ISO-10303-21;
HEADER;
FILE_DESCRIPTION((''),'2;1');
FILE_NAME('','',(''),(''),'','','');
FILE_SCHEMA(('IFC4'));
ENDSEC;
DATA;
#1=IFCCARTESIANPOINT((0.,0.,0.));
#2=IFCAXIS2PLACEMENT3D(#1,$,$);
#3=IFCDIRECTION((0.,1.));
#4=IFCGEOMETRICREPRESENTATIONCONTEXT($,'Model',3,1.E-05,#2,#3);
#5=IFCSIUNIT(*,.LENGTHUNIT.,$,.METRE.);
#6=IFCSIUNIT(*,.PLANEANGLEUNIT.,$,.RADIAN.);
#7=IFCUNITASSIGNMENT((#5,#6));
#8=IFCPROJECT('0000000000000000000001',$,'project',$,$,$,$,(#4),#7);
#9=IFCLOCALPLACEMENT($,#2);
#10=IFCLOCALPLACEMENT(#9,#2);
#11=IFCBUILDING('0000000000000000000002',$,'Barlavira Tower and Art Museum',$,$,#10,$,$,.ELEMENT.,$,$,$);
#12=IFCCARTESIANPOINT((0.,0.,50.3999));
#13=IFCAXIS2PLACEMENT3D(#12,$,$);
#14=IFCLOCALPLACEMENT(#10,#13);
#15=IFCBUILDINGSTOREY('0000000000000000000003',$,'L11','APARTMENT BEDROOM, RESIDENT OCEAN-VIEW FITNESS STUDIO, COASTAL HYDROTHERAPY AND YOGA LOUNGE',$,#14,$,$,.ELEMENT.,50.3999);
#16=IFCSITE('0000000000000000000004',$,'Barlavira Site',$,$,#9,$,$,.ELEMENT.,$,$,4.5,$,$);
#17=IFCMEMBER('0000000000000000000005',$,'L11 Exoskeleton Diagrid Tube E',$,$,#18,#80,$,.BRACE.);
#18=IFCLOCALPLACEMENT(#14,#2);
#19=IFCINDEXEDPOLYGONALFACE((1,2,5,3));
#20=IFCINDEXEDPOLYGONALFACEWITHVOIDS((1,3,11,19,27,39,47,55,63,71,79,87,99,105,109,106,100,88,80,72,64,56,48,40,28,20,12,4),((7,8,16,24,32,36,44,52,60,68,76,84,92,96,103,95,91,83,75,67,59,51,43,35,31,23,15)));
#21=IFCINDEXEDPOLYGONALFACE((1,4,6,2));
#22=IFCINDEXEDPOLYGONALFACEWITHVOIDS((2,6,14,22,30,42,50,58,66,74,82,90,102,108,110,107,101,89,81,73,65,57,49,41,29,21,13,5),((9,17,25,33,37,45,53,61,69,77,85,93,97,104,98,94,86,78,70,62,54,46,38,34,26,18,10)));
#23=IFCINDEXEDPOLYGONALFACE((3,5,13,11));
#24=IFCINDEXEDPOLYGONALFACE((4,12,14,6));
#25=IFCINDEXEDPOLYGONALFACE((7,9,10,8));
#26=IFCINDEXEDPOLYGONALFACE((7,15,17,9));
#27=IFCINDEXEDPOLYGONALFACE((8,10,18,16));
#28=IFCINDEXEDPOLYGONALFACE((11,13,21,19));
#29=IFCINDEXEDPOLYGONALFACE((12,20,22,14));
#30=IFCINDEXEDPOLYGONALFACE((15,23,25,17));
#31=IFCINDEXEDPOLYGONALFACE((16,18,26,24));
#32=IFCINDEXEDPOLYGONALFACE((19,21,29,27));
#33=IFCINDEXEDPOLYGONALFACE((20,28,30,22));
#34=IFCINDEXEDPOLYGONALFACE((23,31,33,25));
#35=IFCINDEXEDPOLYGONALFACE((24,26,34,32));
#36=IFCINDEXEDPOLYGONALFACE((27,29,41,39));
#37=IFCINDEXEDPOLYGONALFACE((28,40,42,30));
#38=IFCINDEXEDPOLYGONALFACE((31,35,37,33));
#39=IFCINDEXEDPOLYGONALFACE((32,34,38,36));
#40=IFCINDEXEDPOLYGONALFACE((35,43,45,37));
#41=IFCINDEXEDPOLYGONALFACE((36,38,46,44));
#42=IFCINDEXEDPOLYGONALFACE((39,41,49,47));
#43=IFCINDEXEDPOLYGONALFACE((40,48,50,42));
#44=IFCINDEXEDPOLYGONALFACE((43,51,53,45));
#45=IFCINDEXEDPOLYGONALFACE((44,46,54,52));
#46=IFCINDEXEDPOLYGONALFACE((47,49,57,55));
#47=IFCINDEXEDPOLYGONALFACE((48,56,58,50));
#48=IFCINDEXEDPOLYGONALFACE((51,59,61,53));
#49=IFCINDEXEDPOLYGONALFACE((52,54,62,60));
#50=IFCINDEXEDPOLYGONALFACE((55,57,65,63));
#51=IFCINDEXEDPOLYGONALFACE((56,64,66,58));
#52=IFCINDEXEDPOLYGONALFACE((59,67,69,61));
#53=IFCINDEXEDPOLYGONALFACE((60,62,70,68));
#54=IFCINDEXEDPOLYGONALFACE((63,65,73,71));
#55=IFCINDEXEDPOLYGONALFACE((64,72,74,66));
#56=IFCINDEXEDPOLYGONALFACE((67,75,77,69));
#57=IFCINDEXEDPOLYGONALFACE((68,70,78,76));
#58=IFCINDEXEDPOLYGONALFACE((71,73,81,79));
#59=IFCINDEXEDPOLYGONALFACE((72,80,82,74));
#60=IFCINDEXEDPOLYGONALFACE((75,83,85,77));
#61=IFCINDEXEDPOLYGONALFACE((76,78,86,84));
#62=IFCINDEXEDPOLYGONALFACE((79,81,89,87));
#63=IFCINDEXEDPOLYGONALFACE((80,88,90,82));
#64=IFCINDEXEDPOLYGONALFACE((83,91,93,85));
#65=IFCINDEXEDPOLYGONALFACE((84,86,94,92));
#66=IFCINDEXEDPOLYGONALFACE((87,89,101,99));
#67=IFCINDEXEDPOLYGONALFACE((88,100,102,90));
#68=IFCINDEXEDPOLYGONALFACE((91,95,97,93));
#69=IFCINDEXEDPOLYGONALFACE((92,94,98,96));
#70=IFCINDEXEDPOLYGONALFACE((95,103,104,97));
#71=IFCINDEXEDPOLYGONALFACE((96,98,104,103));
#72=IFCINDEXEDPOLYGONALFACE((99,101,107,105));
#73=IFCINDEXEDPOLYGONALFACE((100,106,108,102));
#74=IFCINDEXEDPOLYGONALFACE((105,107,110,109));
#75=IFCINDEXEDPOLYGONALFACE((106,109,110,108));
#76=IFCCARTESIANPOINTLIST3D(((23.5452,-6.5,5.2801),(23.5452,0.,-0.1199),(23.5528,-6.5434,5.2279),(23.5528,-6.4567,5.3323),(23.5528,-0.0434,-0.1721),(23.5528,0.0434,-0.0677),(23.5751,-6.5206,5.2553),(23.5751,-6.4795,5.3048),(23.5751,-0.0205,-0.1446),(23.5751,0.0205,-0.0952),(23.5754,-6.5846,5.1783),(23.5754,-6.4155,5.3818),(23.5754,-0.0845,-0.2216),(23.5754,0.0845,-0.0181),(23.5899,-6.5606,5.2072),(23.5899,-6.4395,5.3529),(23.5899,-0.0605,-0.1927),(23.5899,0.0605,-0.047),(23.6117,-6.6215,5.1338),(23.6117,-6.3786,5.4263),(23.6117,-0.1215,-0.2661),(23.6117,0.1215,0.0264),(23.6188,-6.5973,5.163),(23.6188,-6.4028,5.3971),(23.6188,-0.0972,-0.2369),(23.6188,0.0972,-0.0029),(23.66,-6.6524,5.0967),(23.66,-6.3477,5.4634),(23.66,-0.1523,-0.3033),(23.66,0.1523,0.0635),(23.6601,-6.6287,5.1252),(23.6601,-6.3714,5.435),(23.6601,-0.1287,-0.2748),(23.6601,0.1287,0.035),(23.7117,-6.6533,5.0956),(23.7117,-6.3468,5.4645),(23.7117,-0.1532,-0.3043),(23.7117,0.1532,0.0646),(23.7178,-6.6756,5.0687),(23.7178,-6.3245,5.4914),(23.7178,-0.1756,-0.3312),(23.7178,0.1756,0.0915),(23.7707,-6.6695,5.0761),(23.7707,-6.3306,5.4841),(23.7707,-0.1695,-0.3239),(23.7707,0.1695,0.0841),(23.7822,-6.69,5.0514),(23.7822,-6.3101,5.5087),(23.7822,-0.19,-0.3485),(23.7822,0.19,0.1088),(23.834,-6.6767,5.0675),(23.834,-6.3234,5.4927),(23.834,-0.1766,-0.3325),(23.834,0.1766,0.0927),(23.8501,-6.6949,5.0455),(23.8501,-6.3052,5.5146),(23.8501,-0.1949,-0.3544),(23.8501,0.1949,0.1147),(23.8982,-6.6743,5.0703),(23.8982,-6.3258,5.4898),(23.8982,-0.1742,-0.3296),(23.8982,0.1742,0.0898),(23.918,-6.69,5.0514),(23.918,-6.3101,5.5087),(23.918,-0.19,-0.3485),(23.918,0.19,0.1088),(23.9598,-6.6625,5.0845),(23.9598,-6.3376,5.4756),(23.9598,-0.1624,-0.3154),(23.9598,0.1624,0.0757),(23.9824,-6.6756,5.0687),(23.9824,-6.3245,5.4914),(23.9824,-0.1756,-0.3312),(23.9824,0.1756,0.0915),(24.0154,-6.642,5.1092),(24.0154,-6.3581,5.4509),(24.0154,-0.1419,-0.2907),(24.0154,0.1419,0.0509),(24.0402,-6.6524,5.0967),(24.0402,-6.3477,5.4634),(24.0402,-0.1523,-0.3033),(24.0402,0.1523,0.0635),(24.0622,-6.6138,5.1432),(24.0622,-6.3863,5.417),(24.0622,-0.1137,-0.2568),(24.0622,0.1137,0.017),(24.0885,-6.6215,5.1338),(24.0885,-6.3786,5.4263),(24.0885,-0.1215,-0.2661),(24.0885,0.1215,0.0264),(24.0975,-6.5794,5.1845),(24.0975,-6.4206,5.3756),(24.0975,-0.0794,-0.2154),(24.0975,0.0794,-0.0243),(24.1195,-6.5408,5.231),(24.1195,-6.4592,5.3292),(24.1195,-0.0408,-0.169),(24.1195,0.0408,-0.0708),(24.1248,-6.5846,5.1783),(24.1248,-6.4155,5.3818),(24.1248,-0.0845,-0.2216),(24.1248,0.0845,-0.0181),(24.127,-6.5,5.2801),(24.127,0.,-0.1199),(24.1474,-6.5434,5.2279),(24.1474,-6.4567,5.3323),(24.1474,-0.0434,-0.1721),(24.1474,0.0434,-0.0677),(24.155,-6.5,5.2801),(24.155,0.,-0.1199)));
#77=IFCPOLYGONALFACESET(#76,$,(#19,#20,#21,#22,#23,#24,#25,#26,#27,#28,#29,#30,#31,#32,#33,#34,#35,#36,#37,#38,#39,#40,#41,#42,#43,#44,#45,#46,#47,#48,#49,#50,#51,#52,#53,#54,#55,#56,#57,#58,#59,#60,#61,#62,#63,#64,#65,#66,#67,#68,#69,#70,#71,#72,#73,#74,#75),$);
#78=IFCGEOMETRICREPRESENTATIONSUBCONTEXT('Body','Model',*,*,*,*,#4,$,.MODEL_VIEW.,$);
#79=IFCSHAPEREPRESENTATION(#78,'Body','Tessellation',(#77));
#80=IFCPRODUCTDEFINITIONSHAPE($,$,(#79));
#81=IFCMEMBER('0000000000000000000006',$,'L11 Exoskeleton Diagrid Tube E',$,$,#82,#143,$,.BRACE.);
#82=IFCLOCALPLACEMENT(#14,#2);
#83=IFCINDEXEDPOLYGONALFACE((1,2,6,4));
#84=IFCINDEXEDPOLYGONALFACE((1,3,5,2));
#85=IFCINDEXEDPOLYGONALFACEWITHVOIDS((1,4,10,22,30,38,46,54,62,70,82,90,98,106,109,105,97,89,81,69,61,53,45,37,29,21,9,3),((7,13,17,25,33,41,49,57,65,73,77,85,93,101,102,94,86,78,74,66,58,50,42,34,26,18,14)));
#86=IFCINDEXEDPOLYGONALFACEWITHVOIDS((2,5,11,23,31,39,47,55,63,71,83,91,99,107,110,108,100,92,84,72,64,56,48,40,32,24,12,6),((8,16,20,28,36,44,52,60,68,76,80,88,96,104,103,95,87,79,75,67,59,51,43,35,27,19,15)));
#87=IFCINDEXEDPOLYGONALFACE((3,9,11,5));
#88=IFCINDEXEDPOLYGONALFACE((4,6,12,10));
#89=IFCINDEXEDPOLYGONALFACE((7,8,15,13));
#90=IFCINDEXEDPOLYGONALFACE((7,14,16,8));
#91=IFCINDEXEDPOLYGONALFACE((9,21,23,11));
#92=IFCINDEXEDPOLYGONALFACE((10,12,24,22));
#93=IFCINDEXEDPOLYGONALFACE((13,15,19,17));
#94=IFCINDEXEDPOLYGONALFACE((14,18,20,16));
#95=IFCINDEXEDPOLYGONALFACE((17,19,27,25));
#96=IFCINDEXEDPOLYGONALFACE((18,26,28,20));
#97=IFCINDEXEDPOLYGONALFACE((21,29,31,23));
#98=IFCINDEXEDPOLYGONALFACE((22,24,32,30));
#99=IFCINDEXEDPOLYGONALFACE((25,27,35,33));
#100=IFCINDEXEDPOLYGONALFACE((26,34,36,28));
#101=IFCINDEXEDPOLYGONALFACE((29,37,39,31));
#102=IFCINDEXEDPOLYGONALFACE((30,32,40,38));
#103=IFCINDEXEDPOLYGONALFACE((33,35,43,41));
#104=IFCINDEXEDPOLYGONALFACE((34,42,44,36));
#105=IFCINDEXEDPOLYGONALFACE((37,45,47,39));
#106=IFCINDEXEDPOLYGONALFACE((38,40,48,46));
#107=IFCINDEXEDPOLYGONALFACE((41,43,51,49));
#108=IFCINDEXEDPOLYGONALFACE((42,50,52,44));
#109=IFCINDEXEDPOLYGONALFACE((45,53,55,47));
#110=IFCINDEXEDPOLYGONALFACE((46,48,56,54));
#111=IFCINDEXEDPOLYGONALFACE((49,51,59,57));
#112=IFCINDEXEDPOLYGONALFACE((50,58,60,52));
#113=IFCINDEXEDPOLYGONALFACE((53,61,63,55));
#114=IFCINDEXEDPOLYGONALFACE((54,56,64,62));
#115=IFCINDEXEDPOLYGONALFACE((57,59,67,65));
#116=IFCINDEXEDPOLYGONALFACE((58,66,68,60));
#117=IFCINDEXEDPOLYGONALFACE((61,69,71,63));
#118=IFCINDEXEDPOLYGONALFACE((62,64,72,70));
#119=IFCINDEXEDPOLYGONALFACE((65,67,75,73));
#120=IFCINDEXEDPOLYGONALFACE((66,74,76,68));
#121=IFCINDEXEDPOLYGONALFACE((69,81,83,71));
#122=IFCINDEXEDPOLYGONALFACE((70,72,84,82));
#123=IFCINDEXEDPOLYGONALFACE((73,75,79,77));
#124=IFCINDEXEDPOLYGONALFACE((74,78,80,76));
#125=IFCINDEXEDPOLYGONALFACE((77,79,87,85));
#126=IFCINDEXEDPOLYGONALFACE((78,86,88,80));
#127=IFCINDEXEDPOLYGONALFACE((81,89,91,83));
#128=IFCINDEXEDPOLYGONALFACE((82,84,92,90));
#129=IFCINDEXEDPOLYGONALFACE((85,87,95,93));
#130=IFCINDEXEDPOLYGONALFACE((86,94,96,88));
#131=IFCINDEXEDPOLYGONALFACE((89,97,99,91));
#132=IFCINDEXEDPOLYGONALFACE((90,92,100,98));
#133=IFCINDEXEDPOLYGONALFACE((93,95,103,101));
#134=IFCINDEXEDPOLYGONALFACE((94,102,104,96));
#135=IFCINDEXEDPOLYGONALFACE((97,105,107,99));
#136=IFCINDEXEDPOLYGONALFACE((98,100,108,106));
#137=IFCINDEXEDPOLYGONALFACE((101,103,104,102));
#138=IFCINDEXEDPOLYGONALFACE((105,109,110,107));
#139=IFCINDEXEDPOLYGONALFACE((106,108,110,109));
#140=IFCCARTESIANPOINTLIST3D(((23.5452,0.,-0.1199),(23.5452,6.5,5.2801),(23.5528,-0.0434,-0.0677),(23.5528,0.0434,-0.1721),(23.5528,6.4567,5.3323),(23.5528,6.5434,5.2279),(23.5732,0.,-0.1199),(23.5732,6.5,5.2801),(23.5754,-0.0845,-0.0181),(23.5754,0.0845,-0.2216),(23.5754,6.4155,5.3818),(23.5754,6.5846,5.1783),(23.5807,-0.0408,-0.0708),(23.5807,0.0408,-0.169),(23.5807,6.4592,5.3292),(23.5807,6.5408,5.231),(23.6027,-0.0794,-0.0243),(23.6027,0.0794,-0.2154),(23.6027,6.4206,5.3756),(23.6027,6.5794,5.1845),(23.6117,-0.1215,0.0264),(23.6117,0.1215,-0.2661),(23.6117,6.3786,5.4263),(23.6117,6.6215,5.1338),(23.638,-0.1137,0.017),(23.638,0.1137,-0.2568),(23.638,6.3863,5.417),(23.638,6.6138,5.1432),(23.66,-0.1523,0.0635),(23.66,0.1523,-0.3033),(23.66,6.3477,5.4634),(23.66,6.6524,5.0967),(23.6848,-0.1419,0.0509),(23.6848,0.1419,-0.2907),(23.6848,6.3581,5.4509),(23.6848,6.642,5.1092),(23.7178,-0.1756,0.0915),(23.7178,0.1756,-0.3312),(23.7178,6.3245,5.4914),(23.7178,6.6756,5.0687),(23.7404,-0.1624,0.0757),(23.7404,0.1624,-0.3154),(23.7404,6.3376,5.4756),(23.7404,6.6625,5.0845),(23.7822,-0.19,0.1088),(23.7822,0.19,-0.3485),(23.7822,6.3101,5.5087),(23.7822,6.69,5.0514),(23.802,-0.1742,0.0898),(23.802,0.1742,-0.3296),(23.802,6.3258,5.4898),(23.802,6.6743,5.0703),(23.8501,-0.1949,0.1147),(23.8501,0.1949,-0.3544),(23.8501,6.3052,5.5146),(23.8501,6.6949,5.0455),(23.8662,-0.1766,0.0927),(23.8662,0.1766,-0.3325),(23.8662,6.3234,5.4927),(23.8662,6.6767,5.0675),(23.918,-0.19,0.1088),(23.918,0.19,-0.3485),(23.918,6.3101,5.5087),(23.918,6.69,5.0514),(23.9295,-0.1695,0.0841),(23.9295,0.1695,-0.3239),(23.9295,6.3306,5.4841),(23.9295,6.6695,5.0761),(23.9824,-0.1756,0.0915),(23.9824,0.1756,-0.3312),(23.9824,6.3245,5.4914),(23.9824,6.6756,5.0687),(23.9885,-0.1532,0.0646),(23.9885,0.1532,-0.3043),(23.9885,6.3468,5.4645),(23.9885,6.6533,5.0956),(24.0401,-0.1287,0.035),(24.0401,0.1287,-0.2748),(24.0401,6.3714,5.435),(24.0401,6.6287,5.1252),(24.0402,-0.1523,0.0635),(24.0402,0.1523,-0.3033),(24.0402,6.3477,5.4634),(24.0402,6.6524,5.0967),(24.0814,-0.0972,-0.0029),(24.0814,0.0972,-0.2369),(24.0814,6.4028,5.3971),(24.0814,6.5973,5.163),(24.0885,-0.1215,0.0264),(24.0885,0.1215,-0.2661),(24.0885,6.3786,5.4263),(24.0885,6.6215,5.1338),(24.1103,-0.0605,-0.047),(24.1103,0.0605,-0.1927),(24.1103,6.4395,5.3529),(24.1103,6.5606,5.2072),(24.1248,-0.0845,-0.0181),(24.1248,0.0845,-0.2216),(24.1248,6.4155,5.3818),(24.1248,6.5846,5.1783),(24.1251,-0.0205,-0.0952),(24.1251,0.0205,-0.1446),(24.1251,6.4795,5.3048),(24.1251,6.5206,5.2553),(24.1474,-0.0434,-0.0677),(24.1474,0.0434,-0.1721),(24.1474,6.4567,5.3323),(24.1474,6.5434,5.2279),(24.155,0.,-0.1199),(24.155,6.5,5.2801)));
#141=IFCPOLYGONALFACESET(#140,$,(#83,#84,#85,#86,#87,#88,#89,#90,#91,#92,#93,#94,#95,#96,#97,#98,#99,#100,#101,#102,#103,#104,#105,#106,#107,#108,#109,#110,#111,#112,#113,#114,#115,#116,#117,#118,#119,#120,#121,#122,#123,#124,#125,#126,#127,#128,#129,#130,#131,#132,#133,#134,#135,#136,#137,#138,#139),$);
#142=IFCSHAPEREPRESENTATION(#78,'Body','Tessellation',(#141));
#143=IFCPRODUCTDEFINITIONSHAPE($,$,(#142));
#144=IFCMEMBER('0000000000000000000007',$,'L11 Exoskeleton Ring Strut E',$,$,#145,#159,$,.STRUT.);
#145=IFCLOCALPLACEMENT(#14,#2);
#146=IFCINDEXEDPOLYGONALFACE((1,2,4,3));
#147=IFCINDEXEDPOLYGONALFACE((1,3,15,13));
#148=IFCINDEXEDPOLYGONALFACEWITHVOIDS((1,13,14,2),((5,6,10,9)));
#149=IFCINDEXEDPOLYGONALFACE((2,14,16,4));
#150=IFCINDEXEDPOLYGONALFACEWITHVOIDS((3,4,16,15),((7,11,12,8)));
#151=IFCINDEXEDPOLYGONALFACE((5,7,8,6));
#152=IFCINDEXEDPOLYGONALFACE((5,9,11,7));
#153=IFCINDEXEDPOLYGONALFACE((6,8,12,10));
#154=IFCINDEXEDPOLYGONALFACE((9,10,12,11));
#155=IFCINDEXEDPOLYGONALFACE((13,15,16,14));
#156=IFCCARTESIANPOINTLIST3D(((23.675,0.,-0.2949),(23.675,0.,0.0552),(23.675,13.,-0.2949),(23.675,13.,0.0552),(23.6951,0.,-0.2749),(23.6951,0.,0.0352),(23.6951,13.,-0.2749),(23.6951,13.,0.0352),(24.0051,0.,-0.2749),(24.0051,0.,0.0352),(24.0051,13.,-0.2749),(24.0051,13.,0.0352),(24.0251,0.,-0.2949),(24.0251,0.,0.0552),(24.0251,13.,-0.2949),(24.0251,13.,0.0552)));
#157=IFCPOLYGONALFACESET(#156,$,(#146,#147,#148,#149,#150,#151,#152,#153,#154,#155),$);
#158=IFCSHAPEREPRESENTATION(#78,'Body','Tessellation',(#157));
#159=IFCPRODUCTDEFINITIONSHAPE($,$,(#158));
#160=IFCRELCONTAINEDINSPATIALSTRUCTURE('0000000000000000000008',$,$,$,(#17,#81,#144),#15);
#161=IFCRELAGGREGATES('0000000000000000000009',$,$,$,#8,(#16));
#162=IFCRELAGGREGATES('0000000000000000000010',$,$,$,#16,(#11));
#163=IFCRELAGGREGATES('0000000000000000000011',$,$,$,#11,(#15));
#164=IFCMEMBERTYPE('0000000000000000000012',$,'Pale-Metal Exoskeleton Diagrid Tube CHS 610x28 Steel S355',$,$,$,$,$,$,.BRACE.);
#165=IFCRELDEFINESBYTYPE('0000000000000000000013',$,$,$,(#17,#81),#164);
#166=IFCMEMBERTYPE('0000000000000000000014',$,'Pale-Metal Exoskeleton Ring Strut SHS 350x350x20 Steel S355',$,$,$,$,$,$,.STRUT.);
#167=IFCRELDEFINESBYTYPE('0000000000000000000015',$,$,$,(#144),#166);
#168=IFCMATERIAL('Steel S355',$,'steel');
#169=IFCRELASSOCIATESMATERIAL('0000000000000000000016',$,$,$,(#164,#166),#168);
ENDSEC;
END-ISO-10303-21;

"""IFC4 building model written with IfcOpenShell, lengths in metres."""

from ifc_helpers import new_model, si_unit, direction, frame, origin, origin_2d, place, context, subcontext, project, spatial, hollow_rectangle, hollow_circle, extrude, material, material_profile, profile_set, type_object, element, save


model = new_model("IFC4")

# Units and contexts
model_context = context("Model", 3, precision=1e-05, world=origin(), true_north=direction((0.0, 1.0)))
body_context = subcontext(model_context, "Body", "Model", "MODEL_VIEW")
ifc_project = project(units=[si_unit("LENGTHUNIT", "METRE"), si_unit("PLANEANGLEUNIT", "RADIAN")], contexts=[model_context])

# Site, building, storey
site_placement = place(None, origin())
site = spatial("IfcSite", under=ifc_project, at=site_placement, Name="Barlavira Site", CompositionType="ELEMENT", RefElevation=4.5)
building_placement = place(site_placement, origin())
building = spatial("IfcBuilding", under=site, at=building_placement, Name="Barlavira Tower and Art Museum", CompositionType="ELEMENT")
storey_placement = place(building_placement, frame((0.0, 0.0, 50.3999)))
storey = spatial("IfcBuildingStorey", under=building, at=storey_placement, Name="L11", Description="APARTMENT BEDROOM, RESIDENT OCEAN-VIEW FITNESS STUDIO, COASTAL HYDROTHERAPY AND YOGA LOUNGE", CompositionType="ELEMENT", Elevation=50.3999)

# Members
ifc_material_1 = material(Name="Steel S355", Category="steel")
ifc_material_profile_1 = material_profile(ifc_material_1, hollow_circle(Radius=0.3049, WallThickness=0.0281, at=origin_2d()), Name="CHS 610.0x28.0")
ifc_profile_set_1 = profile_set([ifc_material_profile_1], Name="Steel S355")
member_type_1 = type_object("IfcMemberType", Name="Pale-Metal Exoskeleton Diagrid Tube CHS 610x28 Steel S355", PredefinedType="BRACE", material=ifc_profile_set_1)
for number, where, z_axis, x_axis, name in (
    (1, (23.8501, 0.0, -0.1199), (0.0, -0.769196, 0.639013), (1.0, 0.0, 0.0), "L11 Exoskeleton Diagrid Tube E"),
    (2, (23.8501, 0.0, -0.1199), (0.0, 0.769196, 0.639013), (-1.0, 0.0, 0.0), "L11 Exoskeleton Diagrid Tube E"),
):
    element("IfcMember", number, at=place(storey_placement, frame(where, z_axis=z_axis, x_axis=x_axis)), inside=storey, type_object=member_type_1, Name=name, PredefinedType="BRACE", context=body_context, shape_type="SweptSolid", body=[
        extrude(hollow_circle(Radius=0.3049, WallThickness=0.0281, at=origin_2d()), origin(), (0.0, 0.0, 1.0), 8.4504),
    ])
ifc_material_profile_2 = material_profile(ifc_material_1, hollow_rectangle(XDim=0.3501, YDim=0.3501, WallThickness=0.02, at=origin_2d()), Name="SHS 350x350x20.0")
ifc_profile_set_2 = profile_set([ifc_material_profile_2], Name="Steel S355")
member_type_2 = type_object("IfcMemberType", Name="Pale-Metal Exoskeleton Ring Strut SHS 350x350x20 Steel S355", PredefinedType="STRUT", material=ifc_profile_set_2)
member_1_placement = place(storey_placement, frame((23.8501, 0.0, -0.1199), z_axis=(0.0, 1.0, 0.0), x_axis=(-1.0, 0.0, 0.0)))
element("IfcMember", 3, at=member_1_placement, inside=storey, type_object=member_type_2, Name="L11 Exoskeleton Ring Strut E", PredefinedType="STRUT", context=body_context, shape_type="SweptSolid", body=[
    extrude(hollow_rectangle(XDim=0.3501, YDim=0.3501, WallThickness=0.02, at=origin_2d()), origin(), (0.0, 0.0, 1.0), 13.0),
])

save(model, "model.ifc")
